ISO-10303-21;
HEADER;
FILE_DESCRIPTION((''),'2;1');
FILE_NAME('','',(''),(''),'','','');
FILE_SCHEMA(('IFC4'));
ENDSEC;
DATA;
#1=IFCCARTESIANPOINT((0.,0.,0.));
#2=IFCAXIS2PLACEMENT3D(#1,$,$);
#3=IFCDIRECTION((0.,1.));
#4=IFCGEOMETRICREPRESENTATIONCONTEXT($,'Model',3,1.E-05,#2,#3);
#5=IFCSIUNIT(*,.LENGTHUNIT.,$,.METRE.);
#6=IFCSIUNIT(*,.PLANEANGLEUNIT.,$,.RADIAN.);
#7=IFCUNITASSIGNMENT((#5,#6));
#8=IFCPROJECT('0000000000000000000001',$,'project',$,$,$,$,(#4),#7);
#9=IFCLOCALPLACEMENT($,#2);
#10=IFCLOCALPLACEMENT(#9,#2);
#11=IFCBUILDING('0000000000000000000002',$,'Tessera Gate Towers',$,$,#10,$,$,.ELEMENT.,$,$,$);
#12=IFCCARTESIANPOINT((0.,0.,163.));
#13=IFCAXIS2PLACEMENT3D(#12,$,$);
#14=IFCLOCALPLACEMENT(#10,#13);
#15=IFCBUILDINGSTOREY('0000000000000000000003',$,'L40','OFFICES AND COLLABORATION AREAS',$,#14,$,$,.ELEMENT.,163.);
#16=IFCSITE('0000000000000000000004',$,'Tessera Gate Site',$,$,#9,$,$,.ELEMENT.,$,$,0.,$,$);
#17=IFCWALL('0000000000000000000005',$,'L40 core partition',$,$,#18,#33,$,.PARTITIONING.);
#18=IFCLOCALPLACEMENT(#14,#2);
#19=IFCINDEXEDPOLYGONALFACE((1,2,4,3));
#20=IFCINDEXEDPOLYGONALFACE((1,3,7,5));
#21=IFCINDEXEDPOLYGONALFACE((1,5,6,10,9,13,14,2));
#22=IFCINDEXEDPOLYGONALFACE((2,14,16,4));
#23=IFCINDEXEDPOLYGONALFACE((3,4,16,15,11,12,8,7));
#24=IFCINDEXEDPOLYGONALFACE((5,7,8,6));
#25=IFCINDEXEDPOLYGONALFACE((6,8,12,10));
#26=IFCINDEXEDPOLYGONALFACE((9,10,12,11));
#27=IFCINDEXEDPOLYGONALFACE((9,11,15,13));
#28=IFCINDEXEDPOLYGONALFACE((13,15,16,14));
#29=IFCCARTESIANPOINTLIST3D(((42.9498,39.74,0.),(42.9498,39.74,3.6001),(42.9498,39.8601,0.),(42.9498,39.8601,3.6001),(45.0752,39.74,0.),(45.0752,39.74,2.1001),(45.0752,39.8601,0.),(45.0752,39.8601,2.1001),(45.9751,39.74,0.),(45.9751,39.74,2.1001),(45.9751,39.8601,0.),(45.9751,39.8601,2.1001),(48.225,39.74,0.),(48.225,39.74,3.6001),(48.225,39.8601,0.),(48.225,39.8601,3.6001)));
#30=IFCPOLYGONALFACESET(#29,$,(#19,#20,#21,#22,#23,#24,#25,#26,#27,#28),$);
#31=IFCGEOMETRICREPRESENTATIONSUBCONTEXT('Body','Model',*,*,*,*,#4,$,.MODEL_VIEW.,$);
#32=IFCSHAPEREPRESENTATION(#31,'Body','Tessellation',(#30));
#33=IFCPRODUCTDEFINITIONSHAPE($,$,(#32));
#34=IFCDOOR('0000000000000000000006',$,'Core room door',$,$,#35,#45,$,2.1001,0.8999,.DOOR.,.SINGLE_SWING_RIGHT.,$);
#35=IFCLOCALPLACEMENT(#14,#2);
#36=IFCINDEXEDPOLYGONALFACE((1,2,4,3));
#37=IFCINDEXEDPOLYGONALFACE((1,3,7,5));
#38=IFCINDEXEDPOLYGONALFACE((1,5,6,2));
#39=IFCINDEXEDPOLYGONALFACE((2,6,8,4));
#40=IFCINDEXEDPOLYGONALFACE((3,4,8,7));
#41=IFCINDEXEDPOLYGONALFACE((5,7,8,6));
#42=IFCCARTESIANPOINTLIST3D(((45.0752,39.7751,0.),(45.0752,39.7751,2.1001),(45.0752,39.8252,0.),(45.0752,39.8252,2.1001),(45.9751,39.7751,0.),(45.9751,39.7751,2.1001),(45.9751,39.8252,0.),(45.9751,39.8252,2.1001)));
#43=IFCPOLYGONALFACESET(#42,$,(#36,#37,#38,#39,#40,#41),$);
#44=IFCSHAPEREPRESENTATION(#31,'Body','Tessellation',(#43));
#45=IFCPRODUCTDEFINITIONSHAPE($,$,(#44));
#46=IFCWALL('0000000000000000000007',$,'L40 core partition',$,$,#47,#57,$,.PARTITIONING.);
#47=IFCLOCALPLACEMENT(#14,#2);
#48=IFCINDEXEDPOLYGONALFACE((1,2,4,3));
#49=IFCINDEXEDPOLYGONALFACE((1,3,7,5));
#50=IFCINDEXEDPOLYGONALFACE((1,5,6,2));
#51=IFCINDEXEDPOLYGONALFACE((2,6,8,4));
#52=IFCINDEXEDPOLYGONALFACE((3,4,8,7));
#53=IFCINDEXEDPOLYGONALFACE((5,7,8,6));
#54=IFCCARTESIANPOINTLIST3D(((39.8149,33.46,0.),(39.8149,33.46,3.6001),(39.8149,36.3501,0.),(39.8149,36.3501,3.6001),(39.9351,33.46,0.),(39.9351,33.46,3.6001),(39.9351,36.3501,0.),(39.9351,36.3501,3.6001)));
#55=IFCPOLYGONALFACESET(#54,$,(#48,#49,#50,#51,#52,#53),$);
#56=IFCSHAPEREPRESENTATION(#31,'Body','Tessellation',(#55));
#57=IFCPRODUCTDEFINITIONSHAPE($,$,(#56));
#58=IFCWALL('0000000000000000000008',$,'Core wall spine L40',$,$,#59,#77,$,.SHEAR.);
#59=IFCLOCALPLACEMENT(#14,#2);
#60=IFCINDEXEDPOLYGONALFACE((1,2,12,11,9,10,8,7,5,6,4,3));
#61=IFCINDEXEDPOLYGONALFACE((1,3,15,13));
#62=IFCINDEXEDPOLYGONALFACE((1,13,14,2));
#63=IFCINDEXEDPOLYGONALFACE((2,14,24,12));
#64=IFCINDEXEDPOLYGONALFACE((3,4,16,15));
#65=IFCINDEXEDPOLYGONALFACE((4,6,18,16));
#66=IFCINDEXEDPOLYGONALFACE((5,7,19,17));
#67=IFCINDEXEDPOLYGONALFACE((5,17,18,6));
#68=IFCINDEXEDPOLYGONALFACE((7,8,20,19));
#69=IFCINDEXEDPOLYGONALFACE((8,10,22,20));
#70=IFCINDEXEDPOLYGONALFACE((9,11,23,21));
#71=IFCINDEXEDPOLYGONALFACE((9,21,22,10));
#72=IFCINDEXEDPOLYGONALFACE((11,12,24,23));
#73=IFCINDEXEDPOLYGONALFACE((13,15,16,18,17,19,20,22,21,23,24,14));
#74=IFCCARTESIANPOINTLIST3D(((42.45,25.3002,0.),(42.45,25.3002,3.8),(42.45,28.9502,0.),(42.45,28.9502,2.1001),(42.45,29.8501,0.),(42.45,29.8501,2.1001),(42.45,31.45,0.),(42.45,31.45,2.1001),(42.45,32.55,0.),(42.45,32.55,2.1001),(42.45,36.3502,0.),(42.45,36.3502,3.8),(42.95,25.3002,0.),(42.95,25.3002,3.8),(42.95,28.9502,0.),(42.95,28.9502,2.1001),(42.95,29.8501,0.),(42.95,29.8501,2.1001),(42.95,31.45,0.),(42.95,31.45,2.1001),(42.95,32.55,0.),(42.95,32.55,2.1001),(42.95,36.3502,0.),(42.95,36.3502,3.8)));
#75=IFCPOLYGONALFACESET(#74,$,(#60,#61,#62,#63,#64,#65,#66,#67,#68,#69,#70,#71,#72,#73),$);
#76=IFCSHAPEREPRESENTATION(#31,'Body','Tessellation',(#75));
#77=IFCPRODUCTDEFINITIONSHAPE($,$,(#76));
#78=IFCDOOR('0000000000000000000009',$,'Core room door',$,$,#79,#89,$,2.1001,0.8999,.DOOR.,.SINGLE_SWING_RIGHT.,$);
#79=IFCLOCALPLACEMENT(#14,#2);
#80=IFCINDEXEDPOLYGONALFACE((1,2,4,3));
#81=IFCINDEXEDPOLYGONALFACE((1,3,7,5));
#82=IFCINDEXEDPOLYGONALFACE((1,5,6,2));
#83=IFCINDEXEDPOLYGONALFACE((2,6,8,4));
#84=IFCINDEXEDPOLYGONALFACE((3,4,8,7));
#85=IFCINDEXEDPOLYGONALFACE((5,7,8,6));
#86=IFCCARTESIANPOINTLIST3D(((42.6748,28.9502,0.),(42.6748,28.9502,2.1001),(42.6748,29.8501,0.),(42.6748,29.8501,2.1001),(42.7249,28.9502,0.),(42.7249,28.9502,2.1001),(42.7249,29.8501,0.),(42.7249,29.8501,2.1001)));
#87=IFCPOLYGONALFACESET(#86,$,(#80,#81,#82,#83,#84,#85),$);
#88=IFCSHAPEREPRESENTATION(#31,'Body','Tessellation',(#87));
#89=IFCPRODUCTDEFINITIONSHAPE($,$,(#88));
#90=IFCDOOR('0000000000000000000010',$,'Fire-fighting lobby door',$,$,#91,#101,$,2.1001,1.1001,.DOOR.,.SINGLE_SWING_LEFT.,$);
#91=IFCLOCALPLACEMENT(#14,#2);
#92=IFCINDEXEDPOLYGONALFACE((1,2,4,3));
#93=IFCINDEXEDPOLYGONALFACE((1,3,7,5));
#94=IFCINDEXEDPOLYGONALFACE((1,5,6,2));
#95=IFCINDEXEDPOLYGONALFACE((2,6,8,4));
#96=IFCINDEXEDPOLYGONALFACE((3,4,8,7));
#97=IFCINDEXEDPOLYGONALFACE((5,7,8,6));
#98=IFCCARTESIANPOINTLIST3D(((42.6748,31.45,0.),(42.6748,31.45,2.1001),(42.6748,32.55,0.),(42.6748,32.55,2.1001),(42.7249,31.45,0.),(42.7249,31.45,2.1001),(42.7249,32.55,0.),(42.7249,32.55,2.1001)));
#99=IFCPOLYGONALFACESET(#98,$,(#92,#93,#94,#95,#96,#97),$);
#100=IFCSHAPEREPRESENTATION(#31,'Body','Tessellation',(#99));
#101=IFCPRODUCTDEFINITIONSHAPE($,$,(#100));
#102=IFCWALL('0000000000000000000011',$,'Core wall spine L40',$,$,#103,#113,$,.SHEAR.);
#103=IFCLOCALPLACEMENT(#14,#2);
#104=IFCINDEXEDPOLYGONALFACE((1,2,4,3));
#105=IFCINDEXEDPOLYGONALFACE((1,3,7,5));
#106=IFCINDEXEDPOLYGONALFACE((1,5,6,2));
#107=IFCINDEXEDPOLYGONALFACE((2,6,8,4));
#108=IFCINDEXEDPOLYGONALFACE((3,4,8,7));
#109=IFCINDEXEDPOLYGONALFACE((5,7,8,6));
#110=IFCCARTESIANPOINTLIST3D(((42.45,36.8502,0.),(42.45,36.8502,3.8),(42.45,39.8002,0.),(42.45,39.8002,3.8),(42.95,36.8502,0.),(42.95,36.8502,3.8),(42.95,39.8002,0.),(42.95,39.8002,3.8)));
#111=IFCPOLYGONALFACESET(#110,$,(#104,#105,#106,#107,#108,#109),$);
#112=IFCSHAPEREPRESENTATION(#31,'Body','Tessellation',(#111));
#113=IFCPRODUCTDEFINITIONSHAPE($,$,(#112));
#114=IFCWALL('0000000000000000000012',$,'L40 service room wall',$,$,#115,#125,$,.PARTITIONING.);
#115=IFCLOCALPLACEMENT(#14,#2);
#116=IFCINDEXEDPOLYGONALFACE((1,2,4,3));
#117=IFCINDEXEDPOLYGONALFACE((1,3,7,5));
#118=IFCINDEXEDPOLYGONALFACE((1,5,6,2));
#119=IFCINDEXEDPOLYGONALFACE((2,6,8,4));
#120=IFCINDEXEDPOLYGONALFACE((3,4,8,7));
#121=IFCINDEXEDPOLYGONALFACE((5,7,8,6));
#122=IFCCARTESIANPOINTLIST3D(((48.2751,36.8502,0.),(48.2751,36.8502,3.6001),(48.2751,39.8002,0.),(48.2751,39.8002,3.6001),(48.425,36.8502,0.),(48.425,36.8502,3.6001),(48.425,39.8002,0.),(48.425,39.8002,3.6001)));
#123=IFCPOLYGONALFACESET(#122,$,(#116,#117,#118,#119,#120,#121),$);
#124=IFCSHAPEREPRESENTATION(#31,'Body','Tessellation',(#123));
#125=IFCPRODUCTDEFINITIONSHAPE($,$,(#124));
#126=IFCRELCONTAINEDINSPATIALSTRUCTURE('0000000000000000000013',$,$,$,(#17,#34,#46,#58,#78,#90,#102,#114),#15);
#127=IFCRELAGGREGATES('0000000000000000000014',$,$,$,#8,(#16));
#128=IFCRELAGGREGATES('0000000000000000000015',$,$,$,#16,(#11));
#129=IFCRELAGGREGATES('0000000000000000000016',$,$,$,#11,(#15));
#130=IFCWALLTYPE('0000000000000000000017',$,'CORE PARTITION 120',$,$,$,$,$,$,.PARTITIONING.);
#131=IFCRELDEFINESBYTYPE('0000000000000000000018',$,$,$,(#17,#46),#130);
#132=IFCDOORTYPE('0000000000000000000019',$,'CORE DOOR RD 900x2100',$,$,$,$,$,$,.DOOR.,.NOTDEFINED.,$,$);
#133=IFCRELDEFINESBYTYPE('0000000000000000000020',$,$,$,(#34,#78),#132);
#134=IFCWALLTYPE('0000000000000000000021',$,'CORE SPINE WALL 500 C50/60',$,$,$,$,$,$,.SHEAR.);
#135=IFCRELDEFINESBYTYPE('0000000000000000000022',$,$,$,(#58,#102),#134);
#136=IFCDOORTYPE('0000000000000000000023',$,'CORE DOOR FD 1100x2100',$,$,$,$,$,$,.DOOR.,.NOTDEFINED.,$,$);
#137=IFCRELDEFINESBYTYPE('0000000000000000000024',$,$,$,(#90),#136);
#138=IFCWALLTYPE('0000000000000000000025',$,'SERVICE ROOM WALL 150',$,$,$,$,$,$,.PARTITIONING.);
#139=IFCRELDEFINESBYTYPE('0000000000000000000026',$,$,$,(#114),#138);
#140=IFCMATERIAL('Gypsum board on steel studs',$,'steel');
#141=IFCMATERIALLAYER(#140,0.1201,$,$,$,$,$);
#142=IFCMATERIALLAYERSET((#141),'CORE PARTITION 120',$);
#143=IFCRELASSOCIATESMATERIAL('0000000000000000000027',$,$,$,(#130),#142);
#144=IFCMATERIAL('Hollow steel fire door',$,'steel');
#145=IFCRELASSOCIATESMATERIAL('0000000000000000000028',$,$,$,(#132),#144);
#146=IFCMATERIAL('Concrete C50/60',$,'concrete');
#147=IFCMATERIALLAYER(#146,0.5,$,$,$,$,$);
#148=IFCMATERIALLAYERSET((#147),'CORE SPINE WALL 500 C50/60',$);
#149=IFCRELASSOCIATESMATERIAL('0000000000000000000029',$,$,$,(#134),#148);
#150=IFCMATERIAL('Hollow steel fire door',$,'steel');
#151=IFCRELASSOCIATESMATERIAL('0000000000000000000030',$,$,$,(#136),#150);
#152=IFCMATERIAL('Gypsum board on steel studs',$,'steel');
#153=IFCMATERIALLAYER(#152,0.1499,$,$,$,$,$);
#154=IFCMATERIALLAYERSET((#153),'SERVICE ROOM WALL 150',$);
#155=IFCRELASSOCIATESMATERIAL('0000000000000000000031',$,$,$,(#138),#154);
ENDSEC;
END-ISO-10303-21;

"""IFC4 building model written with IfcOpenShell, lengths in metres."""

from ifc_helpers import new_model, si_unit, direction, frame, frame_2d, origin, place, context, subcontext, project, spatial, rectangle, extrude, source, transform, mapped, material, layer, layer_set, type_object, element, fill, save


model = new_model("IFC4")

# Units and contexts
model_context = context("Model", 3, precision=1e-05, world=origin(), true_north=direction((0.0, 1.0)))
body_context = subcontext(model_context, "Body", "Model", "MODEL_VIEW")
ifc_project = project(units=[si_unit("LENGTHUNIT", "METRE"), si_unit("PLANEANGLEUNIT", "RADIAN")], contexts=[model_context])

# Site, building, storey
site_placement = place(None, origin())
site = spatial("IfcSite", under=ifc_project, at=site_placement, Name="Tessera Gate Site", CompositionType="ELEMENT", RefElevation=0.0)
building_placement = place(site_placement, origin())
building = spatial("IfcBuilding", under=site, at=building_placement, Name="Tessera Gate Towers", CompositionType="ELEMENT")
storey_placement = place(building_placement, frame((0.0, 0.0, 163.0)))
storey = spatial("IfcBuildingStorey", under=building, at=storey_placement, Name="L40", Description="OFFICES AND COLLABORATION AREAS", CompositionType="ELEMENT", Elevation=163.0)

# Wall, opening, door
ifc_material_1 = material(Name="Gypsum board on steel studs", Category="steel")
ifc_layer_1 = layer(ifc_material_1, 0.1201)
ifc_layer_set_1 = layer_set([ifc_layer_1], Name="CORE PARTITION 120")
wall_type_1 = type_object("IfcWallType", Name="CORE PARTITION 120", PredefinedType="PARTITIONING", material=ifc_layer_set_1)
wall_1_placement = place(storey_placement, frame((48.2251, 39.8, 0.0), z_axis=(0.0, 0.0, 1.0), x_axis=(-1.0, 0.0, 0.0)))
wall_1 = element("IfcWall", 1, at=wall_1_placement, inside=storey, type_object=wall_type_1, Name="L40 core partition", PredefinedType="PARTITIONING", context=body_context, shape_type="SweptSolid", body=[
    extrude(rectangle(XDim=5.2751, YDim=0.1201, at=frame_2d((2.6377, 0.0))), origin(), (0.0, 0.0, 1.0), 3.6001),
])
shared_shape_1 = source(origin(), body_context, "Body", "SweptSolid", [
    extrude(rectangle(XDim=0.8999, YDim=2.1001, at=frame_2d((0.45, 1.05))), frame((0.0, 0.0701, 0.0), z_axis=(0.0, -1.0, 0.0), x_axis=(1.0, 0.0, 0.0)), (0.0, 0.0, 1.0), 0.1401),
])
opening_1_placement = place(wall_1_placement, frame((2.25, 0.0, 0.0)))
opening_1 = element("IfcOpeningElement", 2, at=opening_1_placement, cuts=wall_1, PredefinedType="OPENING", context=body_context, shape_type="MappedRepresentation", body=[
    mapped(shared_shape_1, transform((0.0, 0.0, 0.0), scale=1.0)),
])
ifc_material_2 = material(Name="Hollow steel fire door", Category="steel")
door_type_1 = type_object("IfcDoorType", Name="CORE DOOR RD 900x2100", OperationType="NOTDEFINED", PredefinedType="DOOR", material=ifc_material_2)
shared_shape_2 = source(origin(), body_context, "Body", "SweptSolid", [
    extrude(rectangle(XDim=0.8999, YDim=2.1001, at=frame_2d((0.45, 1.05))), frame((0.0, 0.0249, 0.0), z_axis=(0.0, -1.0, 0.0), x_axis=(1.0, 0.0, 0.0)), (0.0, 0.0, 1.0), 0.05),
])
door_1_placement = place(opening_1_placement, origin())
door_1 = element("IfcDoor", 3, at=door_1_placement, inside=storey, type_object=door_type_1, Name="Core room door", OperationType="SINGLE_SWING_RIGHT", OverallHeight=2.1001, OverallWidth=0.8999, PredefinedType="DOOR", context=body_context, shape_type="MappedRepresentation", body=[
    mapped(shared_shape_2, transform((0.0, 0.0, 0.0), scale=1.0)),
])
fill(opening_1, door_1)

# Wall
wall_2_placement = place(storey_placement, frame((39.875, 33.46, 0.0), z_axis=(0.0, 0.0, 1.0), x_axis=(0.0, 1.0, 0.0)))
element("IfcWall", 4, at=wall_2_placement, inside=storey, type_object=wall_type_1, Name="L40 core partition", PredefinedType="PARTITIONING", context=body_context, shape_type="SweptSolid", body=[
    extrude(rectangle(XDim=2.8901, YDim=0.1201, at=frame_2d((1.4451, 0.0))), origin(), (0.0, 0.0, 1.0), 3.6001),
])

# Wall, openings, doors
ifc_material_3 = material(Name="Concrete C50/60", Category="concrete")
ifc_layer_2 = layer(ifc_material_3, 0.5)
ifc_layer_set_2 = layer_set([ifc_layer_2], Name="CORE SPINE WALL 500 C50/60")
wall_type_2 = type_object("IfcWallType", Name="CORE SPINE WALL 500 C50/60", PredefinedType="SHEAR", material=ifc_layer_set_2)
wall_3_placement = place(storey_placement, frame((42.7, 36.3501, 0.0), z_axis=(0.0, 0.0, 1.0), x_axis=(0.0, -1.0, 0.0)))
wall_3 = element("IfcWall", 5, at=wall_3_placement, inside=storey, type_object=wall_type_2, Name="Core wall spine L40", PredefinedType="SHEAR", context=body_context, shape_type="SweptSolid", body=[
    extrude(rectangle(XDim=11.05, YDim=0.5, at=frame_2d((5.5249, 0.0))), origin(), (0.0, 0.0, 1.0), 3.8),
])
shared_shape_3 = source(origin(), body_context, "Body", "SweptSolid", [
    extrude(rectangle(XDim=0.8999, YDim=2.1001, at=frame_2d((0.45, 1.05))), frame((0.0, 0.26, 0.0), z_axis=(0.0, -1.0, 0.0), x_axis=(1.0, 0.0, 0.0)), (0.0, 0.0, 1.0), 0.52),
])
opening_2_placement = place(wall_3_placement, frame((6.5, 0.0, 0.0)))
opening_2 = element("IfcOpeningElement", 6, at=opening_2_placement, cuts=wall_3, PredefinedType="OPENING", context=body_context, shape_type="MappedRepresentation", body=[
    mapped(shared_shape_3, transform((0.0, 0.0, 0.0), scale=1.0)),
])
shared_shape_4 = source(origin(), body_context, "Body", "SweptSolid", [
    extrude(rectangle(XDim=1.1001, YDim=2.1001, at=frame_2d((0.55, 1.05))), frame((0.0, 0.26, 0.0), z_axis=(0.0, -1.0, 0.0), x_axis=(1.0, 0.0, 0.0)), (0.0, 0.0, 1.0), 0.52),
])
opening_3_placement = place(wall_3_placement, frame((3.8, 0.0, 0.0)))
opening_3 = element("IfcOpeningElement", 7, at=opening_3_placement, cuts=wall_3, PredefinedType="OPENING", context=body_context, shape_type="MappedRepresentation", body=[
    mapped(shared_shape_4, transform((0.0, 0.0, 0.0), scale=1.0)),
])
door_2_placement = place(opening_2_placement, origin())
door_2 = element("IfcDoor", 8, at=door_2_placement, inside=storey, type_object=door_type_1, Name="Core room door", OperationType="SINGLE_SWING_RIGHT", OverallHeight=2.1001, OverallWidth=0.8999, PredefinedType="DOOR", context=body_context, shape_type="MappedRepresentation", body=[
    mapped(shared_shape_2, transform((0.0, 0.0, 0.0), scale=1.0)),
])
fill(opening_2, door_2)
ifc_material_4 = material(Name="Hollow steel fire door", Category="steel")
door_type_2 = type_object("IfcDoorType", Name="CORE DOOR FD 1100x2100", OperationType="NOTDEFINED", PredefinedType="DOOR", material=ifc_material_4)
shared_shape_5 = source(origin(), body_context, "Body", "SweptSolid", [
    extrude(rectangle(XDim=1.1001, YDim=2.1001, at=frame_2d((0.55, 1.05))), frame((0.0, 0.0249, 0.0), z_axis=(0.0, -1.0, 0.0), x_axis=(1.0, 0.0, 0.0)), (0.0, 0.0, 1.0), 0.05),
])
door_3_placement = place(opening_3_placement, origin())
door_3 = element("IfcDoor", 9, at=door_3_placement, inside=storey, type_object=door_type_2, Name="Fire-fighting lobby door", OperationType="SINGLE_SWING_LEFT", OverallHeight=2.1001, OverallWidth=1.1001, PredefinedType="DOOR", context=body_context, shape_type="MappedRepresentation", body=[
    mapped(shared_shape_5, transform((0.0, 0.0, 0.0), scale=1.0)),
])
fill(opening_3, door_3)

# Walls
wall_4_placement = place(storey_placement, frame((42.7, 36.8501, 0.0), z_axis=(0.0, 0.0, 1.0), x_axis=(0.0, 1.0, 0.0)))
element("IfcWall", 10, at=wall_4_placement, inside=storey, type_object=wall_type_2, Name="Core wall spine L40", PredefinedType="SHEAR", context=body_context, shape_type="SweptSolid", body=[
    extrude(rectangle(XDim=2.95, YDim=0.5, at=frame_2d((1.4751, 0.0))), origin(), (0.0, 0.0, 1.0), 3.8),
])
ifc_material_5 = material(Name="Gypsum board on steel studs", Category="steel")
ifc_layer_3 = layer(ifc_material_5, 0.1499)
ifc_layer_set_3 = layer_set([ifc_layer_3], Name="SERVICE ROOM WALL 150")
wall_type_3 = type_object("IfcWallType", Name="SERVICE ROOM WALL 150", PredefinedType="PARTITIONING", material=ifc_layer_set_3)
wall_5_placement = place(storey_placement, frame((48.3501, 36.8501, 0.0), z_axis=(0.0, 0.0, 1.0), x_axis=(0.0, 1.0, 0.0)))
element("IfcWall", 11, at=wall_5_placement, inside=storey, type_object=wall_type_3, Name="L40 service room wall", PredefinedType="PARTITIONING", context=body_context, shape_type="SweptSolid", body=[
    extrude(rectangle(XDim=2.95, YDim=0.1499, at=frame_2d((1.4751, 0.0))), origin(), (0.0, 0.0, 1.0), 3.6001),
])

save(model, "model.ifc")
